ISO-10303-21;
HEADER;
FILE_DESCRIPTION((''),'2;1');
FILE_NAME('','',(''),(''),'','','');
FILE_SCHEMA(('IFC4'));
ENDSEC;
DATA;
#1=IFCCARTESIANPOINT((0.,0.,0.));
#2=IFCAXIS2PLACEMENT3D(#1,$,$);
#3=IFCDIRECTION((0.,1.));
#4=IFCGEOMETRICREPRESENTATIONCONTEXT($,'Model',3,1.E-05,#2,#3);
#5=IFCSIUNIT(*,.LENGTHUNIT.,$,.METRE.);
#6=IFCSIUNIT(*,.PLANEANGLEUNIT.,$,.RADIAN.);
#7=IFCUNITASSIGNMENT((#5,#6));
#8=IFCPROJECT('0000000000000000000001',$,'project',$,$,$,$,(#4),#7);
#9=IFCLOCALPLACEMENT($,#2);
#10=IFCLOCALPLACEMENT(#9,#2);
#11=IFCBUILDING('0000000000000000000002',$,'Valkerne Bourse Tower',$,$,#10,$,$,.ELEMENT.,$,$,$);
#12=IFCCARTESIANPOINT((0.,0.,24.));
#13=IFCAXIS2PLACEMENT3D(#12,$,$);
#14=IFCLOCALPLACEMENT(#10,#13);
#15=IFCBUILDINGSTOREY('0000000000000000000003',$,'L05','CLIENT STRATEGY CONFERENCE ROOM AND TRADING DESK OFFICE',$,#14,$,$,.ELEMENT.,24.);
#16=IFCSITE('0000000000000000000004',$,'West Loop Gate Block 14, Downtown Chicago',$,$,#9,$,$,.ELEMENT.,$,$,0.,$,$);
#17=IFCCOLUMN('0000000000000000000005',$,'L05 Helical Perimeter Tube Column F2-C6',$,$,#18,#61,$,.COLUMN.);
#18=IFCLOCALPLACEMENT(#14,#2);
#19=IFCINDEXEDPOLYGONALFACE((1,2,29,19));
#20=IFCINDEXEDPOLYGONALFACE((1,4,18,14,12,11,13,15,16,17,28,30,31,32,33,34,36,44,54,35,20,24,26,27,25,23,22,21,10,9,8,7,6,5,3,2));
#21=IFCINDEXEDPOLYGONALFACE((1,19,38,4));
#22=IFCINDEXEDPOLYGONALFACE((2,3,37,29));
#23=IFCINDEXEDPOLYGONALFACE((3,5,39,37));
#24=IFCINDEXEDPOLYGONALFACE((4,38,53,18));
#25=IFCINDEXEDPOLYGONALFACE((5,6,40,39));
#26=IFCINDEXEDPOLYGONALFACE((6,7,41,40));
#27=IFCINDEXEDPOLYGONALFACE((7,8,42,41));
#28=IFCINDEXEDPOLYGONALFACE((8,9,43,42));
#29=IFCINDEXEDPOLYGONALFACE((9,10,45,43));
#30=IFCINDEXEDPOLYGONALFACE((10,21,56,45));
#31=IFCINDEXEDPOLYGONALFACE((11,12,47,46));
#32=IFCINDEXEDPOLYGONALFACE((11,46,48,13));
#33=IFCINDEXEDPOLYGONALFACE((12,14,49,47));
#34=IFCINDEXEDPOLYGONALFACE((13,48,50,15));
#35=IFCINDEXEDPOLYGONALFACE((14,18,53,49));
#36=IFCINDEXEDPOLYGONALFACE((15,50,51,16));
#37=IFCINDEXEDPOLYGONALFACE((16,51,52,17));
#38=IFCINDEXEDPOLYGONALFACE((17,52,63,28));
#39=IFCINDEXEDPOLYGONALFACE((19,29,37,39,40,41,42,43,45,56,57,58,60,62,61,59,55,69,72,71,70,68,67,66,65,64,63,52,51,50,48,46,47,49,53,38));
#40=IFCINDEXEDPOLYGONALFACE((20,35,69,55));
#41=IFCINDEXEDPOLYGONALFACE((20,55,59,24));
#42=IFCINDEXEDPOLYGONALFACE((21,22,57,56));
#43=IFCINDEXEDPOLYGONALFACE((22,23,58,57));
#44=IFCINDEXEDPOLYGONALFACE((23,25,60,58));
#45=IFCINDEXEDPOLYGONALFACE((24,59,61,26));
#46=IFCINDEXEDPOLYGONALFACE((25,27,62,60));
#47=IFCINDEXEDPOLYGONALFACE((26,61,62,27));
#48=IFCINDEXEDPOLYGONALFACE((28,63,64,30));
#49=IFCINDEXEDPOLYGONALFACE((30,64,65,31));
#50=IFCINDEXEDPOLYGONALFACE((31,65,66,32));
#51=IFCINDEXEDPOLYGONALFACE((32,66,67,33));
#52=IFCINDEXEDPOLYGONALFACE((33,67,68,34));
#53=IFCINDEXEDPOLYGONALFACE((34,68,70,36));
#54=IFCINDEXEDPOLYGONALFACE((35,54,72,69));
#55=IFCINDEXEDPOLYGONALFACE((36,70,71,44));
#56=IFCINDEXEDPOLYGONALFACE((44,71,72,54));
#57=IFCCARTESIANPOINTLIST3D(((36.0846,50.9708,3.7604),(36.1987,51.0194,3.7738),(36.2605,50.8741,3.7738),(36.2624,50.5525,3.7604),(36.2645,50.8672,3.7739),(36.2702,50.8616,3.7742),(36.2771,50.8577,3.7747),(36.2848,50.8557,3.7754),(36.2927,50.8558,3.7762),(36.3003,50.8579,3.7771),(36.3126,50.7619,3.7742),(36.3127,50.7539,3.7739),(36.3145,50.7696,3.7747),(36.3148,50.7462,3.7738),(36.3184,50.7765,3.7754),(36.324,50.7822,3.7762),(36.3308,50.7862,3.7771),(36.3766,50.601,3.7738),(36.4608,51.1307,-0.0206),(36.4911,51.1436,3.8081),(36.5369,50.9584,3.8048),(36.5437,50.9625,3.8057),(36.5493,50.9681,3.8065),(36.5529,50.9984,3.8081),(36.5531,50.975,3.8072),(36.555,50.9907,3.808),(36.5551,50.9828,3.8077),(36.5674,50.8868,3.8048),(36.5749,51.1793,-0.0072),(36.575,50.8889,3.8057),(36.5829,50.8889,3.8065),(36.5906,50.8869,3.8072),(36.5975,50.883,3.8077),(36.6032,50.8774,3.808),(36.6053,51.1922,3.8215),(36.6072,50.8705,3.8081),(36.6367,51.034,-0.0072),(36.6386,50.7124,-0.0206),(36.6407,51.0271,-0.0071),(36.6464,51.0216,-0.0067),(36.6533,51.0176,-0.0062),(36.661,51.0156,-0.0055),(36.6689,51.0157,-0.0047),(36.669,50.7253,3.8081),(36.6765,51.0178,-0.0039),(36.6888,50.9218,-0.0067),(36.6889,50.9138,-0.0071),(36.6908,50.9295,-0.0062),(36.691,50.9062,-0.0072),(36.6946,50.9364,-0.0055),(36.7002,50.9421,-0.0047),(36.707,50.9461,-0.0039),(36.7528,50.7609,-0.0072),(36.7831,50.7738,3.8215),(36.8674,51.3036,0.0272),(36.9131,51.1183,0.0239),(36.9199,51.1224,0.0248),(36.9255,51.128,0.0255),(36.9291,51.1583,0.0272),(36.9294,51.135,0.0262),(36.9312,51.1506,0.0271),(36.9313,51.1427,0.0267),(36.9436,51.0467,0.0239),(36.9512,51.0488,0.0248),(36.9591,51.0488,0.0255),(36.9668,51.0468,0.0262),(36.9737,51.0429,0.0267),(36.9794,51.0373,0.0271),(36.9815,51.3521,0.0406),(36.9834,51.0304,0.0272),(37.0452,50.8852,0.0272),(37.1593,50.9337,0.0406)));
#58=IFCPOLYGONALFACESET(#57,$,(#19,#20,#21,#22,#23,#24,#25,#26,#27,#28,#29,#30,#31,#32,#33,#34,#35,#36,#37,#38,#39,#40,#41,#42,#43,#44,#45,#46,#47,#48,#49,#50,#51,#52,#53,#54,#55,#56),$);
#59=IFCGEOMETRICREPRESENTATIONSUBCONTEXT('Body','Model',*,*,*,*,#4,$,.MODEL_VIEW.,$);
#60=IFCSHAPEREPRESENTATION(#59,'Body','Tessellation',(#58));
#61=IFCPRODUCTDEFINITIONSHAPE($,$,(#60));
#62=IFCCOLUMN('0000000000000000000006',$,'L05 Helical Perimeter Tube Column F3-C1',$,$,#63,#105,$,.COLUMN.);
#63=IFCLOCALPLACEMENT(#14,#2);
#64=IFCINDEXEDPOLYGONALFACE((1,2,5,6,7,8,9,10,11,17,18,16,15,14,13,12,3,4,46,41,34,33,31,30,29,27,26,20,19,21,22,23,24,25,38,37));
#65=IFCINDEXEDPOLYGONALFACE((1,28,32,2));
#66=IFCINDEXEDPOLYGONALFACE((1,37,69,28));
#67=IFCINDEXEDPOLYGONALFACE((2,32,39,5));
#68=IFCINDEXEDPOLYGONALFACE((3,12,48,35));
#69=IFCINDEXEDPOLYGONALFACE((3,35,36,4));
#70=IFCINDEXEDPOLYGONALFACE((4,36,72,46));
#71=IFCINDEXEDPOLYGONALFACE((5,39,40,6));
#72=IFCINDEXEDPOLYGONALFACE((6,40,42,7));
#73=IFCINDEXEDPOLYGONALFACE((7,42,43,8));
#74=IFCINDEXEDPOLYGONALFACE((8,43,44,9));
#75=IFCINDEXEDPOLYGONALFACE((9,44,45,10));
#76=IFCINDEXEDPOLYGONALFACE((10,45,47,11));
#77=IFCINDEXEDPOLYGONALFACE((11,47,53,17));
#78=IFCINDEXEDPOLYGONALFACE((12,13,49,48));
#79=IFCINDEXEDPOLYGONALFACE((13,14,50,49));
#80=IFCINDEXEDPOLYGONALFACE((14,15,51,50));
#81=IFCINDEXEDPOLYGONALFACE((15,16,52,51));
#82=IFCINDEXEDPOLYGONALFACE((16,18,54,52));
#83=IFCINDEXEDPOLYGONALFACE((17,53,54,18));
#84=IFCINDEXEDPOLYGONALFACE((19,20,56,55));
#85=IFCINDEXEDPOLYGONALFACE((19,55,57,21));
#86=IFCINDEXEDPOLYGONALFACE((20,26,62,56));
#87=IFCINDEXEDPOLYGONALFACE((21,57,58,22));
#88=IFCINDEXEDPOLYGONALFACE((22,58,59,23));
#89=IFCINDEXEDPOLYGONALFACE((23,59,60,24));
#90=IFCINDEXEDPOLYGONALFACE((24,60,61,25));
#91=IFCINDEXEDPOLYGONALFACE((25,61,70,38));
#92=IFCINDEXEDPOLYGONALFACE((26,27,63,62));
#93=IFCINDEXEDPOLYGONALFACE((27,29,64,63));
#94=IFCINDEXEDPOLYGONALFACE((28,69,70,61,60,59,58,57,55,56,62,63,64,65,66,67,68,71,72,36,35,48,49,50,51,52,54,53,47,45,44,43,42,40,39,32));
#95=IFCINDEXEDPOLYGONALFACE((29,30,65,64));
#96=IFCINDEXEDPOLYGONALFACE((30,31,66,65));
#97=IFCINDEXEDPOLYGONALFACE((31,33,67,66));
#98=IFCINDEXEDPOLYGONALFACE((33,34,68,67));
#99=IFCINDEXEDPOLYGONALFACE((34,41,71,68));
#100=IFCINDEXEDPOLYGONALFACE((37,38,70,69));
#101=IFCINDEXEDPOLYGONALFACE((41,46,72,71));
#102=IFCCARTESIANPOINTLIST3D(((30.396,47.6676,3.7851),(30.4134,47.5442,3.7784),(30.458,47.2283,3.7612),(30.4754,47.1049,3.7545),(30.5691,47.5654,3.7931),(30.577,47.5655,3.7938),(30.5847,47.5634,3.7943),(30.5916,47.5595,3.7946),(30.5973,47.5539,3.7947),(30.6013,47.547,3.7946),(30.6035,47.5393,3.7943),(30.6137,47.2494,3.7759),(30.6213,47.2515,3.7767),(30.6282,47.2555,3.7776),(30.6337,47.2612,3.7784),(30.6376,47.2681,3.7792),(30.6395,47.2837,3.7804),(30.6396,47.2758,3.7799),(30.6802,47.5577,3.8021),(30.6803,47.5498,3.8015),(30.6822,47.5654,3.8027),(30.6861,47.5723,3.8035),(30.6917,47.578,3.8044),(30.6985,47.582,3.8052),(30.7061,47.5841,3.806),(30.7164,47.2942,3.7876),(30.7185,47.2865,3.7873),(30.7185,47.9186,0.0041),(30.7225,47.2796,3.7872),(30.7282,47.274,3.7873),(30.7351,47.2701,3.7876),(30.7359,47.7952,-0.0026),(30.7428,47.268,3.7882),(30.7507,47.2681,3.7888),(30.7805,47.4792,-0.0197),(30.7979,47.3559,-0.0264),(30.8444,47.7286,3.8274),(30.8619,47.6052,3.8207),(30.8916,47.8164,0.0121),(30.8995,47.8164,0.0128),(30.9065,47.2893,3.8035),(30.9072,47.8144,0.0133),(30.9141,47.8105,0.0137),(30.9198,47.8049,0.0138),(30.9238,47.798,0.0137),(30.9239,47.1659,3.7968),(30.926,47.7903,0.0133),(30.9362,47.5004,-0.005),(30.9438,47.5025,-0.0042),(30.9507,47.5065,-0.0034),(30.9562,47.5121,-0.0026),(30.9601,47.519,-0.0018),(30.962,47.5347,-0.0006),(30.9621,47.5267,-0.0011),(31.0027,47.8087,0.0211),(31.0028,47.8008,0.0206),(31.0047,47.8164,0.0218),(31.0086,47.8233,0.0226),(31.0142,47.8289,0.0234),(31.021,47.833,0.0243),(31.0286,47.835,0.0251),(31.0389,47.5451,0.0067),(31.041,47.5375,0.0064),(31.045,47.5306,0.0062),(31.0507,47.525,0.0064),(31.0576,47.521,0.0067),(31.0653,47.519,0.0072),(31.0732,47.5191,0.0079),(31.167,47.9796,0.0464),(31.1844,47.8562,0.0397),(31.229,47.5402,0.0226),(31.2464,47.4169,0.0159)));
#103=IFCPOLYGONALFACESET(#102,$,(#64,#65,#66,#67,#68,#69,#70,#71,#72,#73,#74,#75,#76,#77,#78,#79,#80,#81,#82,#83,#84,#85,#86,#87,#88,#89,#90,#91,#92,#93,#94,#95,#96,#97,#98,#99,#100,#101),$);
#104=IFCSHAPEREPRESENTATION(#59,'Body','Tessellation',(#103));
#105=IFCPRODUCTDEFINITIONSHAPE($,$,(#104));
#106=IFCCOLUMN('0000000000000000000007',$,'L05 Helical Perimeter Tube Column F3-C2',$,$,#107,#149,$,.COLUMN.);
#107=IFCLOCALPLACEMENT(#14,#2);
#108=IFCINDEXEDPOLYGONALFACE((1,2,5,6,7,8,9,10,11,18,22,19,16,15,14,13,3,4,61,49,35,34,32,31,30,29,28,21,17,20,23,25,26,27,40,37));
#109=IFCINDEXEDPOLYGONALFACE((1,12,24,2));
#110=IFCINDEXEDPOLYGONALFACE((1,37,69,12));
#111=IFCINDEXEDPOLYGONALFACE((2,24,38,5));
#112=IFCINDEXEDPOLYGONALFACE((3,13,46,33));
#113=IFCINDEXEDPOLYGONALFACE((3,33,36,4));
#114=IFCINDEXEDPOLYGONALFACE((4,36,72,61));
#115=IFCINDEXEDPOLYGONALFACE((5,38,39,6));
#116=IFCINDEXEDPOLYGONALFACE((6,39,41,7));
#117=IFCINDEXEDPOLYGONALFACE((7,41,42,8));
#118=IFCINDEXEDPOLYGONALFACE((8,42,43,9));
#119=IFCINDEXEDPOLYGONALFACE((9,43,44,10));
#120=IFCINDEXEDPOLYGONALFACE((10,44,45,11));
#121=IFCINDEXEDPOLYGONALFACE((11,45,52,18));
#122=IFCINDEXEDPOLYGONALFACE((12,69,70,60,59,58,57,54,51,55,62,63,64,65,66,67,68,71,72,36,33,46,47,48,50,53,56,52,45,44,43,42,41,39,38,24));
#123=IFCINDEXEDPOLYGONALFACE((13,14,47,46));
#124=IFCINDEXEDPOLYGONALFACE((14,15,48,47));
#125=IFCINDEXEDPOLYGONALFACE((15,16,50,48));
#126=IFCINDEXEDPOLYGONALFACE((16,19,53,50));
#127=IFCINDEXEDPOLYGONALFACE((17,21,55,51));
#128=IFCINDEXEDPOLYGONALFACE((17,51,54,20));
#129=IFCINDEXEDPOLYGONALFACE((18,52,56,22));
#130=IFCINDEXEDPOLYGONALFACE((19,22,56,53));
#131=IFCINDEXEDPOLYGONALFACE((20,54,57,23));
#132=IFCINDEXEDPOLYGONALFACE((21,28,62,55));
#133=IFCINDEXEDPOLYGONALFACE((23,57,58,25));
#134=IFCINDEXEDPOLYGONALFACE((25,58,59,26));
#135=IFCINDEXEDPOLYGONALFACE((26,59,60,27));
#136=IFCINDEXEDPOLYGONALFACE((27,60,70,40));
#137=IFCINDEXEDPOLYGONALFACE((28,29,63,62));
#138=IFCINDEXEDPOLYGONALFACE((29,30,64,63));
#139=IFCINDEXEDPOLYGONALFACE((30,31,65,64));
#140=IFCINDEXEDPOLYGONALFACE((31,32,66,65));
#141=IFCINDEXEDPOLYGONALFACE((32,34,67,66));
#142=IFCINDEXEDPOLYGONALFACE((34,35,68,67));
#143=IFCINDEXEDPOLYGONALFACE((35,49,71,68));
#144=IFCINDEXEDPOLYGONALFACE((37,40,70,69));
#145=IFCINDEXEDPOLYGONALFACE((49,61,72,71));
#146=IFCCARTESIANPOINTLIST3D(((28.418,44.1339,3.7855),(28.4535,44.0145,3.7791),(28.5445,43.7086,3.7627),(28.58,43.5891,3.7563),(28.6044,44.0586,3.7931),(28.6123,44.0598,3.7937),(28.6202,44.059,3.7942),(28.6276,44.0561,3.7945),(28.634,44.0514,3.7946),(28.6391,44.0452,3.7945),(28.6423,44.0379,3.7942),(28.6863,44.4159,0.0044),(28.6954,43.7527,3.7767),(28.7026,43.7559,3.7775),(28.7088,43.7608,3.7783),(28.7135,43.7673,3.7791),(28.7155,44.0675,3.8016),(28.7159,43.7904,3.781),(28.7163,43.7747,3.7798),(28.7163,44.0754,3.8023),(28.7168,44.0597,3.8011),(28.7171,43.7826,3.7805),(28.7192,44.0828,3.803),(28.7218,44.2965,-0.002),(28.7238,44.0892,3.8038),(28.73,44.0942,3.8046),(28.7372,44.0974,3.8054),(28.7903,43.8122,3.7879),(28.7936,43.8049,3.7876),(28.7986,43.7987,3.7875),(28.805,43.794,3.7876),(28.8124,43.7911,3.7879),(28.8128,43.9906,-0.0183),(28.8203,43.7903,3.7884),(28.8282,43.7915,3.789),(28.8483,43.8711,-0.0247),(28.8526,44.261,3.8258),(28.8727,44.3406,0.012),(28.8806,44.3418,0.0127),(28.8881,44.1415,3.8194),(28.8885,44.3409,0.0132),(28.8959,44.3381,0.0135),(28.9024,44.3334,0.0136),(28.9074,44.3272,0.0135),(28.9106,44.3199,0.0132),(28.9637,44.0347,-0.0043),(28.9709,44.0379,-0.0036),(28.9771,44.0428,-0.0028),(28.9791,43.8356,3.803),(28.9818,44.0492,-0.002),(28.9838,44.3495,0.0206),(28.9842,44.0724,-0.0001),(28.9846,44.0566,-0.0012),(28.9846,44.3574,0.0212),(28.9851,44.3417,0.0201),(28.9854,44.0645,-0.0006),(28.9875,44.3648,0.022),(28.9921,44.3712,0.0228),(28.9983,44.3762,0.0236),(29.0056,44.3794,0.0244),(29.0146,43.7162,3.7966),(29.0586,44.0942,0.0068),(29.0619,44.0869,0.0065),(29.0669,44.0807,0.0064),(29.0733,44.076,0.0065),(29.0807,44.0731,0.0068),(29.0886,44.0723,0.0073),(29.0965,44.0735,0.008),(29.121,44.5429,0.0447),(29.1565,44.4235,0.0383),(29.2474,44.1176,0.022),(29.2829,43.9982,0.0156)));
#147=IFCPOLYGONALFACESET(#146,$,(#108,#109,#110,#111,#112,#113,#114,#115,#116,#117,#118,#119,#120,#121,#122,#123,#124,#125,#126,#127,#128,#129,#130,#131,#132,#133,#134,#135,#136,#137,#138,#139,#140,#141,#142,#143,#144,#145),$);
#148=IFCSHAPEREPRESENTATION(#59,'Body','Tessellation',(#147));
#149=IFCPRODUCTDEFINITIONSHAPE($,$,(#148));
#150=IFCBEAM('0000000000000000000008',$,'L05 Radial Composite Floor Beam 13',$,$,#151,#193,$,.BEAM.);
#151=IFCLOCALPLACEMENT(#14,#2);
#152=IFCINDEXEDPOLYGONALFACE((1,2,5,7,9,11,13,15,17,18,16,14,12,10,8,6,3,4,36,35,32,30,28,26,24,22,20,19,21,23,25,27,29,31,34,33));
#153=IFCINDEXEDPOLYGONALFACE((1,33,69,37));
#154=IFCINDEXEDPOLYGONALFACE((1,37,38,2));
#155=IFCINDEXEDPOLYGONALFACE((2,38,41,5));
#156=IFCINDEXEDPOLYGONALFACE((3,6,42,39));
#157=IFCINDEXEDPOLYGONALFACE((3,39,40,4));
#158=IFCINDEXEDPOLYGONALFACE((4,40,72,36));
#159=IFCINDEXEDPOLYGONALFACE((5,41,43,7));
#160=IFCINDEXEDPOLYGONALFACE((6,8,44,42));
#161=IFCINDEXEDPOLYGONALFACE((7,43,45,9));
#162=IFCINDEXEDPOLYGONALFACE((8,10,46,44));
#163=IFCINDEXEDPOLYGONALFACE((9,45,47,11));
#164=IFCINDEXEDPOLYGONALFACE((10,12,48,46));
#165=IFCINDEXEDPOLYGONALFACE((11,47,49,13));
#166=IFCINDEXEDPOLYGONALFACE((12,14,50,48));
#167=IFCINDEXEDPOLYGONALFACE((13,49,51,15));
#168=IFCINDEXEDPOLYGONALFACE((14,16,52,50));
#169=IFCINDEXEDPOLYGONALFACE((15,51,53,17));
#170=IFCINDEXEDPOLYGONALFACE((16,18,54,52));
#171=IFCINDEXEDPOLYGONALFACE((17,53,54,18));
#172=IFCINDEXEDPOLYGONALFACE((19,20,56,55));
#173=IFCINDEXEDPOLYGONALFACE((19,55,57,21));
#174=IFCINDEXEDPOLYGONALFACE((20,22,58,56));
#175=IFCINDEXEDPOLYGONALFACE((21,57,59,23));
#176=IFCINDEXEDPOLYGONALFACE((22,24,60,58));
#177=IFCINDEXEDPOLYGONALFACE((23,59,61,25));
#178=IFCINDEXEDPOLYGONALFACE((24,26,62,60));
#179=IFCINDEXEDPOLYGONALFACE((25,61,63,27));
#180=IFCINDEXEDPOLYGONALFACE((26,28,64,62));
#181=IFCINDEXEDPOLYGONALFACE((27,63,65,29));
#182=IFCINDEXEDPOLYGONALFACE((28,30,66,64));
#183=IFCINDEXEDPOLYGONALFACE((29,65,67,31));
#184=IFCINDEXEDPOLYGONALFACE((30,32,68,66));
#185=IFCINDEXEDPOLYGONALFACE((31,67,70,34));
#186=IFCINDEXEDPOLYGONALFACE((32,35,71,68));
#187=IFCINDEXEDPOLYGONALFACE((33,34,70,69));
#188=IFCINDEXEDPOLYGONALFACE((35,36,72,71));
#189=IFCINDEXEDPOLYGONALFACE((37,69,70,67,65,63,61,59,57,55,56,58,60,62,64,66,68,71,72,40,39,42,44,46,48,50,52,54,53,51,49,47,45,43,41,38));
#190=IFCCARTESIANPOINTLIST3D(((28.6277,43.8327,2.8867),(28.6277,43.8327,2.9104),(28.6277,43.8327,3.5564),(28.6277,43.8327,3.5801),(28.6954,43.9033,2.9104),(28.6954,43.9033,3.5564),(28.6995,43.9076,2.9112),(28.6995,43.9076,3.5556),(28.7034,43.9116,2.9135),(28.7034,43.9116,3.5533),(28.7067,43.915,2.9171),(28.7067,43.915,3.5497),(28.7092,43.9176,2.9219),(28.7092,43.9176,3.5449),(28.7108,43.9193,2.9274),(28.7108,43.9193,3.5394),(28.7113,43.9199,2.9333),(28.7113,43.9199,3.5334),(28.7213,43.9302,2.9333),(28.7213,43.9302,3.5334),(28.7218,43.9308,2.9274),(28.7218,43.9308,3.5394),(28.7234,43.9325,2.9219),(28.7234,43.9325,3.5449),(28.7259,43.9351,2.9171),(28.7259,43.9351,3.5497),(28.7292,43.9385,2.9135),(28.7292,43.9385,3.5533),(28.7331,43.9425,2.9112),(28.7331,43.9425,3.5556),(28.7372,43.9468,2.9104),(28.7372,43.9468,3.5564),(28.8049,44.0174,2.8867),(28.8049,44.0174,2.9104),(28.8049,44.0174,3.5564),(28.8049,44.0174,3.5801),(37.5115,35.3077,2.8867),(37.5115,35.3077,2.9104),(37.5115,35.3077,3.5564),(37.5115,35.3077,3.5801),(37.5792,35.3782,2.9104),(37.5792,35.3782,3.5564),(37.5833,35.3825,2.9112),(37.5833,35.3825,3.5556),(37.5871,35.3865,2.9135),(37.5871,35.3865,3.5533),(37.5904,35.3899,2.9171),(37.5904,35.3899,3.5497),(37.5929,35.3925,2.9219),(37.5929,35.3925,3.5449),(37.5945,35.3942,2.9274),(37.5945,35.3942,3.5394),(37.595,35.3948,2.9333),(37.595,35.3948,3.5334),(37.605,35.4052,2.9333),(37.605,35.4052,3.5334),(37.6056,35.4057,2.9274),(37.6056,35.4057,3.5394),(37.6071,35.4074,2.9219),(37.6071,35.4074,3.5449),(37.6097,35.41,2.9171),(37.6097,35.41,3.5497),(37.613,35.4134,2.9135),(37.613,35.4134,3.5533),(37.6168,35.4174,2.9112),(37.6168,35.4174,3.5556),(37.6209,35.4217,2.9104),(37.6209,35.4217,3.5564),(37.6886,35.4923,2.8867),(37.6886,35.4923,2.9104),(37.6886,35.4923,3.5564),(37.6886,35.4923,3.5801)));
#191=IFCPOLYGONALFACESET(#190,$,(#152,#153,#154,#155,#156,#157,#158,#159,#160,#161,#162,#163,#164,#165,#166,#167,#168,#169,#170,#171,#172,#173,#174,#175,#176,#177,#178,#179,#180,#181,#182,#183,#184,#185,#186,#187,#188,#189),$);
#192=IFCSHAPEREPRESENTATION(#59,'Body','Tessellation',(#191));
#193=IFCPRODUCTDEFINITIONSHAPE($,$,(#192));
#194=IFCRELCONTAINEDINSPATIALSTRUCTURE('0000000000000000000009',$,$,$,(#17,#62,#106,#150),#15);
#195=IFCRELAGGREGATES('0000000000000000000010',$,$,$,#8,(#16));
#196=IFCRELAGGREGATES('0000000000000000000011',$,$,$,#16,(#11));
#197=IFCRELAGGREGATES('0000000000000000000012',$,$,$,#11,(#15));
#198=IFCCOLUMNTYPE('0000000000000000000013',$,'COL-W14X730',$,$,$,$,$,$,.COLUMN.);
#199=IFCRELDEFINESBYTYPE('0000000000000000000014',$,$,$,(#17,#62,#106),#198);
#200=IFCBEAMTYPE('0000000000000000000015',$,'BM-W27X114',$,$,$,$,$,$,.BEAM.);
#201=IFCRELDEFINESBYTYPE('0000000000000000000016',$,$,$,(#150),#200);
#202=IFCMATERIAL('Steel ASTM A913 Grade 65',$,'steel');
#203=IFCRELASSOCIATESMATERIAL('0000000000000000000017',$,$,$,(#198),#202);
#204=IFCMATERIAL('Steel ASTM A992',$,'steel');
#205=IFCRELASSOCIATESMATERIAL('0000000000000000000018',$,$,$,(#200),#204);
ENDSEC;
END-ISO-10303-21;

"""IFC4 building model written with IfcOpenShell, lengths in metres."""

from ifc_helpers import new_model, si_unit, direction, frame, origin, origin_2d, place, context, subcontext, project, spatial, i_section, extrude, material, material_profile, profile_set, type_object, element, save


model = new_model("IFC4")

# Units and contexts
model_context = context("Model", 3, precision=1e-05, world=origin(), true_north=direction((0.0, 1.0)))
body_context = subcontext(model_context, "Body", "Model", "MODEL_VIEW")
ifc_project = project(units=[si_unit("LENGTHUNIT", "METRE"), si_unit("PLANEANGLEUNIT", "RADIAN")], contexts=[model_context])

# Site, building, storey
site_placement = place(None, origin())
site = spatial("IfcSite", under=ifc_project, at=site_placement, Name="West Loop Gate Block 14, Downtown Chicago", CompositionType="ELEMENT", RefElevation=0.0)
building_placement = place(site_placement, origin())
building = spatial("IfcBuilding", under=site, at=building_placement, Name="Valkerne Bourse Tower", CompositionType="ELEMENT")
storey_placement = place(building_placement, frame((0.0, 0.0, 24.0)))
storey = spatial("IfcBuildingStorey", under=building, at=storey_placement, Name="L05", Description="CLIENT STRATEGY CONFERENCE ROOM AND TRADING DESK OFFICE", CompositionType="ELEMENT", Elevation=24.0)

# Columns
ifc_material_1 = material(Name="Steel ASTM A913 Grade 65", Category="steel")
ifc_material_profile_1 = material_profile(ifc_material_1, i_section(OverallWidth=0.4546, OverallDepth=0.5691, WebThickness=0.0779, FlangeThickness=0.1248, FilletRadius=0.0305, at=origin_2d()), Name="W14X730")
ifc_profile_set_1 = profile_set([ifc_material_profile_1], Name="Steel ASTM A913 Grade 65")
column_type = type_object("IfcColumnType", Name="COL-W14X730", PredefinedType="COLUMN", material=ifc_profile_set_1)
for number, where, z_axis, x_axis, name in (
    (1, (36.8101, 51.0322, 0.01), (-0.098926, -0.042048, 0.994206), (-0.391179, 0.920315, 0.0), "L05 Helical Perimeter Tube Column F2-C6"),
    (2, (30.9824, 47.6677, 0.01), (-0.084803, -0.065994, 0.99421), (-0.986576, -0.134192, -0.09306), "L05 Helical Perimeter Tube Column F3-C1"),
):
    element("IfcColumn", number, at=place(storey_placement, frame(where, z_axis=z_axis, x_axis=x_axis)), inside=storey, type_object=column_type, Name=name, PredefinedType="COLUMN", context=body_context, shape_type="SweptSolid", body=[
        extrude(i_section(OverallWidth=0.4546, OverallDepth=0.5691, WebThickness=0.0779, FlangeThickness=0.1248, FilletRadius=0.0305, at=origin_2d()), origin(), (0.0, 0.0, 1.0), 3.803),
    ])
column_placement = place(storey_placement, frame((28.9846, 44.207, 0.01), z_axis=(-0.07059, -0.074187, 0.994743), x_axis=(-0.956061, -0.279432, -0.088684)))
element("IfcColumn", 3, at=column_placement, inside=storey, type_object=column_type, Name="L05 Helical Perimeter Tube Column F3-C2", PredefinedType="COLUMN", context=body_context, shape_type="SweptSolid", body=[
    extrude(i_section(OverallWidth=0.4546, OverallDepth=0.5691, WebThickness=0.0779, FlangeThickness=0.1248, FilletRadius=0.0305, at=origin_2d()), origin(), (0.0, 0.0, 1.0), 3.801),
])

# Beam
ifc_material_2 = material(Name="Steel ASTM A992", Category="steel")
ifc_material_profile_2 = material_profile(ifc_material_2, i_section(OverallWidth=0.2559, OverallDepth=0.6934, WebThickness=0.0144, FlangeThickness=0.0237, FilletRadius=0.0229, at=origin_2d()), Name="W27X114")
ifc_profile_set_2 = profile_set([ifc_material_profile_2], Name="Steel ASTM A992")
beam_type_1 = type_object("IfcBeamType", Name="BM-W27X114", PredefinedType="BEAM", material=ifc_profile_set_2)
beam_1_placement = place(storey_placement, frame((28.7163, 43.925, 3.2334), z_axis=(0.721521, -0.692393, 0.0), x_axis=(0.692393, 0.721521, 0.0)))
element("IfcBeam", 4, at=beam_1_placement, inside=storey, type_object=beam_type_1, Name="L05 Radial Composite Floor Beam 13", PredefinedType="BEAM", context=body_context, shape_type="SweptSolid", body=[
    extrude(i_section(OverallWidth=0.2559, OverallDepth=0.6934, WebThickness=0.0144, FlangeThickness=0.0237, FilletRadius=0.0229, at=origin_2d()), origin(), (0.0, 0.0, 1.0), 12.3125),
])

save(model, "model.ifc")
